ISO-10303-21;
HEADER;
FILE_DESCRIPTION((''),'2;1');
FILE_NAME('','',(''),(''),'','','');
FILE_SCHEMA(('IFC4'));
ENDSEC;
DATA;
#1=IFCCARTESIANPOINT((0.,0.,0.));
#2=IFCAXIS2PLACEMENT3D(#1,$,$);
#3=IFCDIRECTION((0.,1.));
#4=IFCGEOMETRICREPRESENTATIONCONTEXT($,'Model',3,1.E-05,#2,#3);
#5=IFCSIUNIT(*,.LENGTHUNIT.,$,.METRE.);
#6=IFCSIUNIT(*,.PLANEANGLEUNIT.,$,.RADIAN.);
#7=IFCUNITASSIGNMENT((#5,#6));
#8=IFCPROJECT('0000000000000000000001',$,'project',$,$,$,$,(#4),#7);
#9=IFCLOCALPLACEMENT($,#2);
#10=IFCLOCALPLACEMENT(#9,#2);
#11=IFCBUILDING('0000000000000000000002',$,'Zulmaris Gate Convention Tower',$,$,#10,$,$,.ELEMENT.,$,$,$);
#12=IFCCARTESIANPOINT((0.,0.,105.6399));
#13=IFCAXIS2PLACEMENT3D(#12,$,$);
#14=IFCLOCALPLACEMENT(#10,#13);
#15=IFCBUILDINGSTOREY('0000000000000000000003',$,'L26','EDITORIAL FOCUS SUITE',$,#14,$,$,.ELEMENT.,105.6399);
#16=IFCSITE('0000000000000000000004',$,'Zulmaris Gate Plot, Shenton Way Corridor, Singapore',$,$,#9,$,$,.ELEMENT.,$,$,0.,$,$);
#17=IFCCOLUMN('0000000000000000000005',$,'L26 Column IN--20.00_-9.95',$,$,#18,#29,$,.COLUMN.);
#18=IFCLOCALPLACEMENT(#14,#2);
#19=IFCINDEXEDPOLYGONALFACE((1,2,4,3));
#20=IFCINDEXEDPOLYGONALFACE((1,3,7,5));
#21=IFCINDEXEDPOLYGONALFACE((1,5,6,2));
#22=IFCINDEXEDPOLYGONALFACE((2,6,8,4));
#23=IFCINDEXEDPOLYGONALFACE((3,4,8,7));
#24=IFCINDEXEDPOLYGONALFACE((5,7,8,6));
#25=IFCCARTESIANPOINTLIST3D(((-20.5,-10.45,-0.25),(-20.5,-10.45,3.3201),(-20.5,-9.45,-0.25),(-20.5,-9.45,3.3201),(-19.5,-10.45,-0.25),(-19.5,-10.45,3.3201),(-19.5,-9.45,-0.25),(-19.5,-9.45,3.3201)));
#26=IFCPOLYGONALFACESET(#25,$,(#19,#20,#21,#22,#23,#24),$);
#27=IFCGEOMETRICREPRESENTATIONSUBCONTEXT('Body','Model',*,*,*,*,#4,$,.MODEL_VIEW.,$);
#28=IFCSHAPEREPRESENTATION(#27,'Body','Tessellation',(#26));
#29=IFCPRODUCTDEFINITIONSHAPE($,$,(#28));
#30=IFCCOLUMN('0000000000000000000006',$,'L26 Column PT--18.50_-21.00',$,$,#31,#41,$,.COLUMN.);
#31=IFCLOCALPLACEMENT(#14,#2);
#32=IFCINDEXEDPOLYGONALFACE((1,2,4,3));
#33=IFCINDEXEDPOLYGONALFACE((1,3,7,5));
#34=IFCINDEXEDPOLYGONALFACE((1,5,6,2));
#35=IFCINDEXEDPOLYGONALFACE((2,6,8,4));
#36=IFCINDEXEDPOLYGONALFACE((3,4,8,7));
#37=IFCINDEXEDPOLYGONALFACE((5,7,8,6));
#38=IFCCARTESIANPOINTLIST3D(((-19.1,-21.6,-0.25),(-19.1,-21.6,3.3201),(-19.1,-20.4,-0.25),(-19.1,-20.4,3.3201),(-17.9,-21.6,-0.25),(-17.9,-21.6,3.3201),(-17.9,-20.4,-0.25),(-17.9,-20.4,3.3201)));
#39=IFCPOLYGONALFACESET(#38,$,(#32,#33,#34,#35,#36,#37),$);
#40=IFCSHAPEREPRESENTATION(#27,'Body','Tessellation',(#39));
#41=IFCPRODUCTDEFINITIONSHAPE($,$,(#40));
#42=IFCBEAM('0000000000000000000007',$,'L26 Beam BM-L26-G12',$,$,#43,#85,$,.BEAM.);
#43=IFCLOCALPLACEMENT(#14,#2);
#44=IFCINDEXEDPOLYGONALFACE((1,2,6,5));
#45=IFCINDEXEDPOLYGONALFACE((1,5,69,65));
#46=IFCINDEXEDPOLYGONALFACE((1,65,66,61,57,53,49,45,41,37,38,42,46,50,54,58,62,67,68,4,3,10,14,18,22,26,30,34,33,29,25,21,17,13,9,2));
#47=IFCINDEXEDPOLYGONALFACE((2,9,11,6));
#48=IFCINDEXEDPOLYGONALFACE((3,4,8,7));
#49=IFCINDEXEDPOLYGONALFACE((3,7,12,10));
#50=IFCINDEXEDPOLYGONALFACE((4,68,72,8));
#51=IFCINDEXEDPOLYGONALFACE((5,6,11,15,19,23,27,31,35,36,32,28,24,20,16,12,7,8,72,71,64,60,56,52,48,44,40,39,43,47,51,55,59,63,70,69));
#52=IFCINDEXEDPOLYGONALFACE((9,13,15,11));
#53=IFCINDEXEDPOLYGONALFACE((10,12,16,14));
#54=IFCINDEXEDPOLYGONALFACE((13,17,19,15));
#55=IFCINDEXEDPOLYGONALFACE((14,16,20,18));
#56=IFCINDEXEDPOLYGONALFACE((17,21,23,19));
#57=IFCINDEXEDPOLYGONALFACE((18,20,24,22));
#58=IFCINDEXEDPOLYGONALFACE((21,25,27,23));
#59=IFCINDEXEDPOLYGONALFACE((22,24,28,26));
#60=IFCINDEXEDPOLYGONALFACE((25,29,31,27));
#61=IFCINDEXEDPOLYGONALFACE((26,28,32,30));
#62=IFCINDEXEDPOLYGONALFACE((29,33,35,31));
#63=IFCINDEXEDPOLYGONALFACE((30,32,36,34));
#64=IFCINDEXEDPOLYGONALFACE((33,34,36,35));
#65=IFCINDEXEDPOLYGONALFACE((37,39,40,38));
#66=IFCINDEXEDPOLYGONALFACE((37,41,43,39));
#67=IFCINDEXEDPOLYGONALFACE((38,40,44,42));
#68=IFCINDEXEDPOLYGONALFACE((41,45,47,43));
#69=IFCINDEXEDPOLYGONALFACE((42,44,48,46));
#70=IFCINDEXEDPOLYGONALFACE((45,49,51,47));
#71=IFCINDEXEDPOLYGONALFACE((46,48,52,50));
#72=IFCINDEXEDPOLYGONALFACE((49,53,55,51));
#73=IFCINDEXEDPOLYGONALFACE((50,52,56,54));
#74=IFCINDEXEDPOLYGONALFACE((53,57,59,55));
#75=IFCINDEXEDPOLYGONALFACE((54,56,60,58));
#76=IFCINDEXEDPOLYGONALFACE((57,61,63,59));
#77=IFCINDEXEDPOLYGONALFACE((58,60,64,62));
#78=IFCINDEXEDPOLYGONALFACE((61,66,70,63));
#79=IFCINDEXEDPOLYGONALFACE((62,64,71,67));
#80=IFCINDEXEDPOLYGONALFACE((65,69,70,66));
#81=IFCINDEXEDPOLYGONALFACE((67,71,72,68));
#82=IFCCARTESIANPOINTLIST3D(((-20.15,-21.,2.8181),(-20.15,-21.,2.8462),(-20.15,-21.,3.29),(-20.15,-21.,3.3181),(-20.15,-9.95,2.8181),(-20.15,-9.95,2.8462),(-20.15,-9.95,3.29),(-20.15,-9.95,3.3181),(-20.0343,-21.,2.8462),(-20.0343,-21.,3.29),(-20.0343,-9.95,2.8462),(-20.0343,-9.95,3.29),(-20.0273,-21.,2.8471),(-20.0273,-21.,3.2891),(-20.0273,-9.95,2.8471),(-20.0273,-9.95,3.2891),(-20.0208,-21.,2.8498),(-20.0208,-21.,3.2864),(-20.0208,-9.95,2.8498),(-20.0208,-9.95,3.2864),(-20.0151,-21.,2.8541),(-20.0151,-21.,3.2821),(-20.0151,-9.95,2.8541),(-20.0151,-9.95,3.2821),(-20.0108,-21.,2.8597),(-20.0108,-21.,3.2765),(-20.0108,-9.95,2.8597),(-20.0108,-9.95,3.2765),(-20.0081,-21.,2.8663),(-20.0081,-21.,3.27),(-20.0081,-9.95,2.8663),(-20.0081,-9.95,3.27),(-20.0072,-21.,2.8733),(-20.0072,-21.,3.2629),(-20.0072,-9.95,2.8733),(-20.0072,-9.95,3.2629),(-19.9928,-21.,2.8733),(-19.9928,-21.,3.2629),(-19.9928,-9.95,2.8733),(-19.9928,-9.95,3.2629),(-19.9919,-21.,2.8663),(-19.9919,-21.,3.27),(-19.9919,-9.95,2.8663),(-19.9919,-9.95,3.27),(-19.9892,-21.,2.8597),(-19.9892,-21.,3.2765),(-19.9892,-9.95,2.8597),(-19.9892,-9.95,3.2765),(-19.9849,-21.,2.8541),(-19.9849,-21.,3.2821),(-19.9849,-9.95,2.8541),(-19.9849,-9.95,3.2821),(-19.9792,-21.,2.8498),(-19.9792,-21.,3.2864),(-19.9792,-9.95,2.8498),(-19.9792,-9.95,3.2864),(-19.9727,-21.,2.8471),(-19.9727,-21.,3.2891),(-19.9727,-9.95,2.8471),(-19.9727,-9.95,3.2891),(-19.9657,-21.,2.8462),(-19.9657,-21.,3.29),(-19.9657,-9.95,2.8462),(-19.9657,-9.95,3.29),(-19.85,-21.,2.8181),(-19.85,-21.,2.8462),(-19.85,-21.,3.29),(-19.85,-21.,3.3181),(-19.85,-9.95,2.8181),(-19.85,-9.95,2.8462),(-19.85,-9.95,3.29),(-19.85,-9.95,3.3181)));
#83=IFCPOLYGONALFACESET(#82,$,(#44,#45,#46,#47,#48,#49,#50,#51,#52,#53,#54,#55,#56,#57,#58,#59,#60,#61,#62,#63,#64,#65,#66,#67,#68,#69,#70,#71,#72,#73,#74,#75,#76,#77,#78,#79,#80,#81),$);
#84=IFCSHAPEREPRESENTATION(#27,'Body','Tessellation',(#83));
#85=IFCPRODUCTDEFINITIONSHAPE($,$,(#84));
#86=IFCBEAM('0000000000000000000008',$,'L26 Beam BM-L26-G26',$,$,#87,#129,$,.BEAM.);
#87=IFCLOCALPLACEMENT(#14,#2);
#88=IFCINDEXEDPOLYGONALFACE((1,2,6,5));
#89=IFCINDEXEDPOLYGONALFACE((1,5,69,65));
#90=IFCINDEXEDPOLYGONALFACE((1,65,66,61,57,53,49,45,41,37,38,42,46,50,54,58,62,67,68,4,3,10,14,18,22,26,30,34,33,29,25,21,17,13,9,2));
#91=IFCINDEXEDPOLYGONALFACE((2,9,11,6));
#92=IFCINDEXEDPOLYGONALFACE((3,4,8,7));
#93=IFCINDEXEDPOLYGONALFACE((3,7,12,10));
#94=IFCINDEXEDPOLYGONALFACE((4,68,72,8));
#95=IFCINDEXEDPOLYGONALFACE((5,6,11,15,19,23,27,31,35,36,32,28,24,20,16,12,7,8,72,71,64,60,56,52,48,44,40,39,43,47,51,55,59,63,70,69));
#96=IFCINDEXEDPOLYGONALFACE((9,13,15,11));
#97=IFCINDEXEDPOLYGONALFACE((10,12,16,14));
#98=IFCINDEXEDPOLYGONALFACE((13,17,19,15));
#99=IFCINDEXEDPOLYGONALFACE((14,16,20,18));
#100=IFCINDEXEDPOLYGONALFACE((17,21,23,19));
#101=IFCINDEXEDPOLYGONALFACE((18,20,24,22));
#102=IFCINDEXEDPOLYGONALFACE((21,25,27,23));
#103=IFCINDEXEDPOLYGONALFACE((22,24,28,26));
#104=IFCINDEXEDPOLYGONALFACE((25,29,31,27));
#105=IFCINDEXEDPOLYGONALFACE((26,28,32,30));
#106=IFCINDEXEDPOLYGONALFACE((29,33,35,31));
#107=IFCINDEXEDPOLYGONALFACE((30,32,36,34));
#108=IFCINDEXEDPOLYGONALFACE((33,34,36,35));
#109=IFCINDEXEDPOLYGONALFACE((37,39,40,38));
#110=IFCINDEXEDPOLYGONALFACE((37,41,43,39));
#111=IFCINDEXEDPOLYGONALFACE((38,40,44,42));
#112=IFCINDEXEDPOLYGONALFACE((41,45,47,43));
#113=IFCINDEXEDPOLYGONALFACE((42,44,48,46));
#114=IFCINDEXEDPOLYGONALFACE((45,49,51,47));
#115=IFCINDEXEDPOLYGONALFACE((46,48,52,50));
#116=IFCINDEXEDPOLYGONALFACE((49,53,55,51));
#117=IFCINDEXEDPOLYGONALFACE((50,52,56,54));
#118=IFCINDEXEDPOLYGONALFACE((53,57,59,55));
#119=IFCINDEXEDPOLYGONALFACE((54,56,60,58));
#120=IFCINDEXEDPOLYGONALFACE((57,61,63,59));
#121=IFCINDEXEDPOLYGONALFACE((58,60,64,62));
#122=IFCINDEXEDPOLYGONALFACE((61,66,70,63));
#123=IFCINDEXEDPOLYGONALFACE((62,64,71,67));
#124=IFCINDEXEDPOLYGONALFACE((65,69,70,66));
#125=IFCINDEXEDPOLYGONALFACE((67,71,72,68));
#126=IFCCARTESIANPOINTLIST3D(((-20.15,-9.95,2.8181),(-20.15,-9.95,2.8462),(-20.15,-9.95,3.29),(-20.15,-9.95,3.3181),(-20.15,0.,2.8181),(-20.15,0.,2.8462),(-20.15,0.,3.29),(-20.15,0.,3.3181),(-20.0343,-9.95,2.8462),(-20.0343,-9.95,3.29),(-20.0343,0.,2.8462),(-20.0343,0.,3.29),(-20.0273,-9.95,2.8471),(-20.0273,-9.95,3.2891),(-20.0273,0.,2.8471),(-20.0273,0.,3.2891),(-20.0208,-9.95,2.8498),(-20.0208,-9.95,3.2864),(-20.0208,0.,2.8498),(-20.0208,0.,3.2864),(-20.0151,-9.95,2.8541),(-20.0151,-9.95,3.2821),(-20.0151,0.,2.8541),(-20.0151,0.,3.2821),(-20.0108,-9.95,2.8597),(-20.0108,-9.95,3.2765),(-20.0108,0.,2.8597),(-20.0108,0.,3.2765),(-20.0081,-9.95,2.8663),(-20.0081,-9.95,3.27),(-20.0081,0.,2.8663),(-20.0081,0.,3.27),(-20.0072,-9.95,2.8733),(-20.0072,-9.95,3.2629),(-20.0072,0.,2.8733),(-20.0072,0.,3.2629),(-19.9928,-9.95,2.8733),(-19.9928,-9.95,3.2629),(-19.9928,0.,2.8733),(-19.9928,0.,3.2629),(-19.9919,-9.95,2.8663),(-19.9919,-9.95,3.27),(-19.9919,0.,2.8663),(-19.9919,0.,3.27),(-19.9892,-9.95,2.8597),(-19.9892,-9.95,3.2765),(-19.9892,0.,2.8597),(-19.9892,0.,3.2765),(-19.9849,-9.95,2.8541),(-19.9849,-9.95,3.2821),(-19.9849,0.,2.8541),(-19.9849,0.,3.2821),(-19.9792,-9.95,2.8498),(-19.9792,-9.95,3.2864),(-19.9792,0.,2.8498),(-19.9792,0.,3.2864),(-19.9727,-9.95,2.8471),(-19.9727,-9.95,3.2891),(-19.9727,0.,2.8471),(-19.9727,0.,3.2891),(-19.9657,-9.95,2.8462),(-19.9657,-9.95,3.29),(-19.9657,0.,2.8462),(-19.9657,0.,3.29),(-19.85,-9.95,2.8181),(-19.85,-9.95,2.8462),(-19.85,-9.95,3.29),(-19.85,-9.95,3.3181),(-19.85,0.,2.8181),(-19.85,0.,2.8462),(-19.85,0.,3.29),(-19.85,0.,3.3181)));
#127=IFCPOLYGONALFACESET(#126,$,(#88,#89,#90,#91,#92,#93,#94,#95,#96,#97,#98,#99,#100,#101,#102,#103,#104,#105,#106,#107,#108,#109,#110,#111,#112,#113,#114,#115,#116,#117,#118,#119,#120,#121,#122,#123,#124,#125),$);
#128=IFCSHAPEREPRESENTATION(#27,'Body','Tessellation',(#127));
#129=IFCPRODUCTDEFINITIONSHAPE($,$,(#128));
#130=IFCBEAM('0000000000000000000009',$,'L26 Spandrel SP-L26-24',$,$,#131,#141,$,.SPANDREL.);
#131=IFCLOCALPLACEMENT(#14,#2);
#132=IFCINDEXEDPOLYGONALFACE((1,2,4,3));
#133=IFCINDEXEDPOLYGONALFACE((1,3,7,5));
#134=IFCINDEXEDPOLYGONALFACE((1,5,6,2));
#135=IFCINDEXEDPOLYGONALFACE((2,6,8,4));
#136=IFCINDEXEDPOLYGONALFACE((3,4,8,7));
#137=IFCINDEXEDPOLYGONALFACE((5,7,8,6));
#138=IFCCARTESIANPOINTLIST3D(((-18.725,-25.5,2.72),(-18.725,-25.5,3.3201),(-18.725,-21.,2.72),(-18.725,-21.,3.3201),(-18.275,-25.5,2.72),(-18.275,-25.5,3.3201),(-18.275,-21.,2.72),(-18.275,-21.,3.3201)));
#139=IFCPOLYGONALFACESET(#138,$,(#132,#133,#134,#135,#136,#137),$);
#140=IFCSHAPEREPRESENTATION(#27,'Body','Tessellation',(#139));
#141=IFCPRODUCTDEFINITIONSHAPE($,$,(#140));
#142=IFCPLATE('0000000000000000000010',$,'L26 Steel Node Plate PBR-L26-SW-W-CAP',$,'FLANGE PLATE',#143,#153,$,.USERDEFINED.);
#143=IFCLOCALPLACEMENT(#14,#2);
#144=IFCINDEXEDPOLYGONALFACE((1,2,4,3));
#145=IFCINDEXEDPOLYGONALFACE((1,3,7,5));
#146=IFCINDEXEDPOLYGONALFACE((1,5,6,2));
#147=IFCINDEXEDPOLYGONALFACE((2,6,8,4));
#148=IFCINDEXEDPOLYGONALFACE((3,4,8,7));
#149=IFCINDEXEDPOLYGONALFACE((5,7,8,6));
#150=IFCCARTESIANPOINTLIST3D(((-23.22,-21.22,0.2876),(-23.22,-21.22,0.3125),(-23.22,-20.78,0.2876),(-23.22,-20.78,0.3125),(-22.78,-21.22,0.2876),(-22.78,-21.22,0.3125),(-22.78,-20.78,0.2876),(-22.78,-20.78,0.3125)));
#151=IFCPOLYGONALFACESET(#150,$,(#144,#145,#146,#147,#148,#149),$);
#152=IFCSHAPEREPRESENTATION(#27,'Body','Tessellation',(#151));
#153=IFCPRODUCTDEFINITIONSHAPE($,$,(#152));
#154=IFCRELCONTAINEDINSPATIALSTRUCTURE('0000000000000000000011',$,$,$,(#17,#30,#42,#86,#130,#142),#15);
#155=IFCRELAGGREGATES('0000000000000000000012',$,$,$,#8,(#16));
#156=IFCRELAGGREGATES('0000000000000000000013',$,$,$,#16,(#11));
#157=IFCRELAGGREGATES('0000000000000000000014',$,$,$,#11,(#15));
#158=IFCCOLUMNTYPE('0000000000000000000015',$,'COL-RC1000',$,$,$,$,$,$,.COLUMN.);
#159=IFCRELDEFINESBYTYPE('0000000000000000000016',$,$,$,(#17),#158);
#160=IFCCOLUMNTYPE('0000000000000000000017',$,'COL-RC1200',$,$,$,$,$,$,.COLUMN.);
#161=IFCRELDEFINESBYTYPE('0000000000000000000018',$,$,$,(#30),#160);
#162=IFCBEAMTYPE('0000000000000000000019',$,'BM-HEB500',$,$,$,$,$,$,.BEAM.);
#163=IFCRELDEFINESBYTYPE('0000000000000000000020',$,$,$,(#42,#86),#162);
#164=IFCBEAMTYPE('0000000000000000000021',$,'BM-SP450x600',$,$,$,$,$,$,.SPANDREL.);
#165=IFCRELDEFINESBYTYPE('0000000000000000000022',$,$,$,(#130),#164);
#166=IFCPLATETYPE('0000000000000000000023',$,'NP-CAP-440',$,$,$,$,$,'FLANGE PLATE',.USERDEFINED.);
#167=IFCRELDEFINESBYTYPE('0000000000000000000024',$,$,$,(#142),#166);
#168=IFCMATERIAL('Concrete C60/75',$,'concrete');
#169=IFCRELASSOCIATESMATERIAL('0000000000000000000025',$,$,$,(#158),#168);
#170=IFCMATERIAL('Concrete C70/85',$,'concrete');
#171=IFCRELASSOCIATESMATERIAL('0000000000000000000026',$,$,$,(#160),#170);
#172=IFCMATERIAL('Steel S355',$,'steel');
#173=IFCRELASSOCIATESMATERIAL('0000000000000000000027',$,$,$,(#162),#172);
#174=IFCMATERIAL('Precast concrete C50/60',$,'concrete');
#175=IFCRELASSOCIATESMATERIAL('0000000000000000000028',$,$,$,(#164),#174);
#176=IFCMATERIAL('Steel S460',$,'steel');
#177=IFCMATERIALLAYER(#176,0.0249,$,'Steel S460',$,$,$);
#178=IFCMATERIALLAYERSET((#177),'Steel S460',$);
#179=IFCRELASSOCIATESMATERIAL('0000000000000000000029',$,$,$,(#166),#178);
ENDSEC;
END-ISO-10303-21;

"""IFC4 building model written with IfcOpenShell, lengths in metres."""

from ifc_helpers import new_model, si_unit, direction, frame, origin, origin_2d, place, context, subcontext, project, spatial, rectangle, i_section, extrude, material, layer, layer_set, material_profile, profile_set, type_object, element, save


model = new_model("IFC4")

# Units and contexts
model_context = context("Model", 3, precision=1e-05, world=origin(), true_north=direction((0.0, 1.0)))
body_context = subcontext(model_context, "Body", "Model", "MODEL_VIEW")
ifc_project = project(units=[si_unit("LENGTHUNIT", "METRE"), si_unit("PLANEANGLEUNIT", "RADIAN")], contexts=[model_context])

# Site, building, storey
site_placement = place(None, origin())
site = spatial("IfcSite", under=ifc_project, at=site_placement, Name="Zulmaris Gate Plot, Shenton Way Corridor, Singapore", CompositionType="ELEMENT", RefElevation=0.0)
building_placement = place(site_placement, origin())
building = spatial("IfcBuilding", under=site, at=building_placement, Name="Zulmaris Gate Convention Tower", CompositionType="ELEMENT")
storey_placement = place(building_placement, frame((0.0, 0.0, 105.6399)))
storey = spatial("IfcBuildingStorey", under=building, at=storey_placement, Name="L26", Description="EDITORIAL FOCUS SUITE", CompositionType="ELEMENT", Elevation=105.6399)

# Columns
ifc_material_1 = material(Name="Concrete C60/75", Category="concrete")
ifc_material_profile_1 = material_profile(ifc_material_1, rectangle(XDim=1.0, YDim=1.0, at=origin_2d()), Name="RC COL 1000x1000")
ifc_profile_set_1 = profile_set([ifc_material_profile_1], Name="Concrete C60/75")
column_type_1 = type_object("IfcColumnType", Name="COL-RC1000", PredefinedType="COLUMN", material=ifc_profile_set_1)
column_1_placement = place(storey_placement, frame((-20.0, -9.95, -0.25), z_axis=(0.0, 0.0, 1.0), x_axis=(1.0, 0.0, 0.0)))
element("IfcColumn", 1, at=column_1_placement, inside=storey, type_object=column_type_1, Name="L26 Column IN--20.00_-9.95", PredefinedType="COLUMN", context=body_context, shape_type="SweptSolid", body=[
    extrude(rectangle(XDim=1.0, YDim=1.0, at=origin_2d()), origin(), (0.0, 0.0, 1.0), 3.5701),
])
ifc_material_2 = material(Name="Concrete C70/85", Category="concrete")
ifc_material_profile_2 = material_profile(ifc_material_2, rectangle(XDim=1.2, YDim=1.2, at=origin_2d()), Name="RC COL 1200x1200")
ifc_profile_set_2 = profile_set([ifc_material_profile_2], Name="Concrete C70/85")
column_type_2 = type_object("IfcColumnType", Name="COL-RC1200", PredefinedType="COLUMN", material=ifc_profile_set_2)
column_2_placement = place(storey_placement, frame((-18.5, -21.0, -0.25), z_axis=(0.0, 0.0, 1.0), x_axis=(1.0, 0.0, 0.0)))
element("IfcColumn", 2, at=column_2_placement, inside=storey, type_object=column_type_2, Name="L26 Column PT--18.50_-21.00", PredefinedType="COLUMN", context=body_context, shape_type="SweptSolid", body=[
    extrude(rectangle(XDim=1.2, YDim=1.2, at=origin_2d()), origin(), (0.0, 0.0, 1.0), 3.5701),
])

# Beams
ifc_material_3 = material(Name="Steel S355", Category="steel")
ifc_material_profile_3 = material_profile(ifc_material_3, i_section(OverallWidth=0.3, OverallDepth=0.5, WebThickness=0.0144, FlangeThickness=0.0281, FilletRadius=0.0271, at=origin_2d()), Name="HEB 500")
ifc_profile_set_3 = profile_set([ifc_material_profile_3], Name="Steel S355")
beam_type_1 = type_object("IfcBeamType", Name="BM-HEB500", PredefinedType="BEAM", material=ifc_profile_set_3)
beam_1_placement = place(storey_placement, frame((-20.0, -21.0, 3.0681), z_axis=(0.0, 1.0, 0.0), x_axis=(-1.0, 0.0, 0.0)))
element("IfcBeam", 3, at=beam_1_placement, inside=storey, type_object=beam_type_1, Name="L26 Beam BM-L26-G12", PredefinedType="BEAM", context=body_context, shape_type="SweptSolid", body=[
    extrude(i_section(OverallWidth=0.3, OverallDepth=0.5, WebThickness=0.0144, FlangeThickness=0.0281, FilletRadius=0.0271, at=origin_2d()), origin(), (0.0, 0.0, 1.0), 11.05),
])
beam_2_placement = place(storey_placement, frame((-20.0, -9.95, 3.0681), z_axis=(0.0, 1.0, 0.0), x_axis=(-1.0, 0.0, 0.0)))
element("IfcBeam", 4, at=beam_2_placement, inside=storey, type_object=beam_type_1, Name="L26 Beam BM-L26-G26", PredefinedType="BEAM", context=body_context, shape_type="SweptSolid", body=[
    extrude(i_section(OverallWidth=0.3, OverallDepth=0.5, WebThickness=0.0144, FlangeThickness=0.0281, FilletRadius=0.0271, at=origin_2d()), origin(), (0.0, 0.0, 1.0), 9.95),
])
ifc_material_4 = material(Name="Precast concrete C50/60", Category="concrete")
ifc_material_profile_4 = material_profile(ifc_material_4, rectangle(XDim=0.45, YDim=0.6001, at=origin_2d()), Name="RC SPANDREL 450x600")
ifc_profile_set_4 = profile_set([ifc_material_profile_4], Name="Precast concrete C50/60")
beam_type_2 = type_object("IfcBeamType", Name="BM-SP450x600", PredefinedType="SPANDREL", material=ifc_profile_set_4)
beam_3_placement = place(storey_placement, frame((-18.5, -21.0, 3.02), z_axis=(0.0, -1.0, 0.0), x_axis=(1.0, 0.0, 0.0)))
element("IfcBeam", 5, at=beam_3_placement, inside=storey, type_object=beam_type_2, Name="L26 Spandrel SP-L26-24", PredefinedType="SPANDREL", context=body_context, shape_type="SweptSolid", body=[
    extrude(rectangle(XDim=0.45, YDim=0.6001, at=origin_2d()), origin(), (0.0, 0.0, 1.0), 4.5),
])

# Plate
ifc_material_5 = material(Name="Steel S460", Category="steel")
ifc_layer_1 = layer(ifc_material_5, 0.0249, Name="Steel S460")
ifc_layer_set_1 = layer_set([ifc_layer_1], Name="Steel S460")
plate_type = type_object("IfcPlateType", Name="NP-CAP-440", ElementType="FLANGE PLATE", PredefinedType="USERDEFINED", material=ifc_layer_set_1)
plate_placement = place(storey_placement, frame((-23.0, -21.0, 0.2876), z_axis=(0.0, 0.0, 1.0), x_axis=(1.0, 0.0, 0.0)))
element("IfcPlate", 6, at=plate_placement, inside=storey, type_object=plate_type, Name="L26 Steel Node Plate PBR-L26-SW-W-CAP", ObjectType="FLANGE PLATE", PredefinedType="USERDEFINED", context=body_context, shape_type="SweptSolid", body=[
    extrude(rectangle(XDim=0.4399, YDim=0.4399, at=origin_2d()), origin(), (0.0, 0.0, 1.0), 0.0249),
])

save(model, "model.ifc")
